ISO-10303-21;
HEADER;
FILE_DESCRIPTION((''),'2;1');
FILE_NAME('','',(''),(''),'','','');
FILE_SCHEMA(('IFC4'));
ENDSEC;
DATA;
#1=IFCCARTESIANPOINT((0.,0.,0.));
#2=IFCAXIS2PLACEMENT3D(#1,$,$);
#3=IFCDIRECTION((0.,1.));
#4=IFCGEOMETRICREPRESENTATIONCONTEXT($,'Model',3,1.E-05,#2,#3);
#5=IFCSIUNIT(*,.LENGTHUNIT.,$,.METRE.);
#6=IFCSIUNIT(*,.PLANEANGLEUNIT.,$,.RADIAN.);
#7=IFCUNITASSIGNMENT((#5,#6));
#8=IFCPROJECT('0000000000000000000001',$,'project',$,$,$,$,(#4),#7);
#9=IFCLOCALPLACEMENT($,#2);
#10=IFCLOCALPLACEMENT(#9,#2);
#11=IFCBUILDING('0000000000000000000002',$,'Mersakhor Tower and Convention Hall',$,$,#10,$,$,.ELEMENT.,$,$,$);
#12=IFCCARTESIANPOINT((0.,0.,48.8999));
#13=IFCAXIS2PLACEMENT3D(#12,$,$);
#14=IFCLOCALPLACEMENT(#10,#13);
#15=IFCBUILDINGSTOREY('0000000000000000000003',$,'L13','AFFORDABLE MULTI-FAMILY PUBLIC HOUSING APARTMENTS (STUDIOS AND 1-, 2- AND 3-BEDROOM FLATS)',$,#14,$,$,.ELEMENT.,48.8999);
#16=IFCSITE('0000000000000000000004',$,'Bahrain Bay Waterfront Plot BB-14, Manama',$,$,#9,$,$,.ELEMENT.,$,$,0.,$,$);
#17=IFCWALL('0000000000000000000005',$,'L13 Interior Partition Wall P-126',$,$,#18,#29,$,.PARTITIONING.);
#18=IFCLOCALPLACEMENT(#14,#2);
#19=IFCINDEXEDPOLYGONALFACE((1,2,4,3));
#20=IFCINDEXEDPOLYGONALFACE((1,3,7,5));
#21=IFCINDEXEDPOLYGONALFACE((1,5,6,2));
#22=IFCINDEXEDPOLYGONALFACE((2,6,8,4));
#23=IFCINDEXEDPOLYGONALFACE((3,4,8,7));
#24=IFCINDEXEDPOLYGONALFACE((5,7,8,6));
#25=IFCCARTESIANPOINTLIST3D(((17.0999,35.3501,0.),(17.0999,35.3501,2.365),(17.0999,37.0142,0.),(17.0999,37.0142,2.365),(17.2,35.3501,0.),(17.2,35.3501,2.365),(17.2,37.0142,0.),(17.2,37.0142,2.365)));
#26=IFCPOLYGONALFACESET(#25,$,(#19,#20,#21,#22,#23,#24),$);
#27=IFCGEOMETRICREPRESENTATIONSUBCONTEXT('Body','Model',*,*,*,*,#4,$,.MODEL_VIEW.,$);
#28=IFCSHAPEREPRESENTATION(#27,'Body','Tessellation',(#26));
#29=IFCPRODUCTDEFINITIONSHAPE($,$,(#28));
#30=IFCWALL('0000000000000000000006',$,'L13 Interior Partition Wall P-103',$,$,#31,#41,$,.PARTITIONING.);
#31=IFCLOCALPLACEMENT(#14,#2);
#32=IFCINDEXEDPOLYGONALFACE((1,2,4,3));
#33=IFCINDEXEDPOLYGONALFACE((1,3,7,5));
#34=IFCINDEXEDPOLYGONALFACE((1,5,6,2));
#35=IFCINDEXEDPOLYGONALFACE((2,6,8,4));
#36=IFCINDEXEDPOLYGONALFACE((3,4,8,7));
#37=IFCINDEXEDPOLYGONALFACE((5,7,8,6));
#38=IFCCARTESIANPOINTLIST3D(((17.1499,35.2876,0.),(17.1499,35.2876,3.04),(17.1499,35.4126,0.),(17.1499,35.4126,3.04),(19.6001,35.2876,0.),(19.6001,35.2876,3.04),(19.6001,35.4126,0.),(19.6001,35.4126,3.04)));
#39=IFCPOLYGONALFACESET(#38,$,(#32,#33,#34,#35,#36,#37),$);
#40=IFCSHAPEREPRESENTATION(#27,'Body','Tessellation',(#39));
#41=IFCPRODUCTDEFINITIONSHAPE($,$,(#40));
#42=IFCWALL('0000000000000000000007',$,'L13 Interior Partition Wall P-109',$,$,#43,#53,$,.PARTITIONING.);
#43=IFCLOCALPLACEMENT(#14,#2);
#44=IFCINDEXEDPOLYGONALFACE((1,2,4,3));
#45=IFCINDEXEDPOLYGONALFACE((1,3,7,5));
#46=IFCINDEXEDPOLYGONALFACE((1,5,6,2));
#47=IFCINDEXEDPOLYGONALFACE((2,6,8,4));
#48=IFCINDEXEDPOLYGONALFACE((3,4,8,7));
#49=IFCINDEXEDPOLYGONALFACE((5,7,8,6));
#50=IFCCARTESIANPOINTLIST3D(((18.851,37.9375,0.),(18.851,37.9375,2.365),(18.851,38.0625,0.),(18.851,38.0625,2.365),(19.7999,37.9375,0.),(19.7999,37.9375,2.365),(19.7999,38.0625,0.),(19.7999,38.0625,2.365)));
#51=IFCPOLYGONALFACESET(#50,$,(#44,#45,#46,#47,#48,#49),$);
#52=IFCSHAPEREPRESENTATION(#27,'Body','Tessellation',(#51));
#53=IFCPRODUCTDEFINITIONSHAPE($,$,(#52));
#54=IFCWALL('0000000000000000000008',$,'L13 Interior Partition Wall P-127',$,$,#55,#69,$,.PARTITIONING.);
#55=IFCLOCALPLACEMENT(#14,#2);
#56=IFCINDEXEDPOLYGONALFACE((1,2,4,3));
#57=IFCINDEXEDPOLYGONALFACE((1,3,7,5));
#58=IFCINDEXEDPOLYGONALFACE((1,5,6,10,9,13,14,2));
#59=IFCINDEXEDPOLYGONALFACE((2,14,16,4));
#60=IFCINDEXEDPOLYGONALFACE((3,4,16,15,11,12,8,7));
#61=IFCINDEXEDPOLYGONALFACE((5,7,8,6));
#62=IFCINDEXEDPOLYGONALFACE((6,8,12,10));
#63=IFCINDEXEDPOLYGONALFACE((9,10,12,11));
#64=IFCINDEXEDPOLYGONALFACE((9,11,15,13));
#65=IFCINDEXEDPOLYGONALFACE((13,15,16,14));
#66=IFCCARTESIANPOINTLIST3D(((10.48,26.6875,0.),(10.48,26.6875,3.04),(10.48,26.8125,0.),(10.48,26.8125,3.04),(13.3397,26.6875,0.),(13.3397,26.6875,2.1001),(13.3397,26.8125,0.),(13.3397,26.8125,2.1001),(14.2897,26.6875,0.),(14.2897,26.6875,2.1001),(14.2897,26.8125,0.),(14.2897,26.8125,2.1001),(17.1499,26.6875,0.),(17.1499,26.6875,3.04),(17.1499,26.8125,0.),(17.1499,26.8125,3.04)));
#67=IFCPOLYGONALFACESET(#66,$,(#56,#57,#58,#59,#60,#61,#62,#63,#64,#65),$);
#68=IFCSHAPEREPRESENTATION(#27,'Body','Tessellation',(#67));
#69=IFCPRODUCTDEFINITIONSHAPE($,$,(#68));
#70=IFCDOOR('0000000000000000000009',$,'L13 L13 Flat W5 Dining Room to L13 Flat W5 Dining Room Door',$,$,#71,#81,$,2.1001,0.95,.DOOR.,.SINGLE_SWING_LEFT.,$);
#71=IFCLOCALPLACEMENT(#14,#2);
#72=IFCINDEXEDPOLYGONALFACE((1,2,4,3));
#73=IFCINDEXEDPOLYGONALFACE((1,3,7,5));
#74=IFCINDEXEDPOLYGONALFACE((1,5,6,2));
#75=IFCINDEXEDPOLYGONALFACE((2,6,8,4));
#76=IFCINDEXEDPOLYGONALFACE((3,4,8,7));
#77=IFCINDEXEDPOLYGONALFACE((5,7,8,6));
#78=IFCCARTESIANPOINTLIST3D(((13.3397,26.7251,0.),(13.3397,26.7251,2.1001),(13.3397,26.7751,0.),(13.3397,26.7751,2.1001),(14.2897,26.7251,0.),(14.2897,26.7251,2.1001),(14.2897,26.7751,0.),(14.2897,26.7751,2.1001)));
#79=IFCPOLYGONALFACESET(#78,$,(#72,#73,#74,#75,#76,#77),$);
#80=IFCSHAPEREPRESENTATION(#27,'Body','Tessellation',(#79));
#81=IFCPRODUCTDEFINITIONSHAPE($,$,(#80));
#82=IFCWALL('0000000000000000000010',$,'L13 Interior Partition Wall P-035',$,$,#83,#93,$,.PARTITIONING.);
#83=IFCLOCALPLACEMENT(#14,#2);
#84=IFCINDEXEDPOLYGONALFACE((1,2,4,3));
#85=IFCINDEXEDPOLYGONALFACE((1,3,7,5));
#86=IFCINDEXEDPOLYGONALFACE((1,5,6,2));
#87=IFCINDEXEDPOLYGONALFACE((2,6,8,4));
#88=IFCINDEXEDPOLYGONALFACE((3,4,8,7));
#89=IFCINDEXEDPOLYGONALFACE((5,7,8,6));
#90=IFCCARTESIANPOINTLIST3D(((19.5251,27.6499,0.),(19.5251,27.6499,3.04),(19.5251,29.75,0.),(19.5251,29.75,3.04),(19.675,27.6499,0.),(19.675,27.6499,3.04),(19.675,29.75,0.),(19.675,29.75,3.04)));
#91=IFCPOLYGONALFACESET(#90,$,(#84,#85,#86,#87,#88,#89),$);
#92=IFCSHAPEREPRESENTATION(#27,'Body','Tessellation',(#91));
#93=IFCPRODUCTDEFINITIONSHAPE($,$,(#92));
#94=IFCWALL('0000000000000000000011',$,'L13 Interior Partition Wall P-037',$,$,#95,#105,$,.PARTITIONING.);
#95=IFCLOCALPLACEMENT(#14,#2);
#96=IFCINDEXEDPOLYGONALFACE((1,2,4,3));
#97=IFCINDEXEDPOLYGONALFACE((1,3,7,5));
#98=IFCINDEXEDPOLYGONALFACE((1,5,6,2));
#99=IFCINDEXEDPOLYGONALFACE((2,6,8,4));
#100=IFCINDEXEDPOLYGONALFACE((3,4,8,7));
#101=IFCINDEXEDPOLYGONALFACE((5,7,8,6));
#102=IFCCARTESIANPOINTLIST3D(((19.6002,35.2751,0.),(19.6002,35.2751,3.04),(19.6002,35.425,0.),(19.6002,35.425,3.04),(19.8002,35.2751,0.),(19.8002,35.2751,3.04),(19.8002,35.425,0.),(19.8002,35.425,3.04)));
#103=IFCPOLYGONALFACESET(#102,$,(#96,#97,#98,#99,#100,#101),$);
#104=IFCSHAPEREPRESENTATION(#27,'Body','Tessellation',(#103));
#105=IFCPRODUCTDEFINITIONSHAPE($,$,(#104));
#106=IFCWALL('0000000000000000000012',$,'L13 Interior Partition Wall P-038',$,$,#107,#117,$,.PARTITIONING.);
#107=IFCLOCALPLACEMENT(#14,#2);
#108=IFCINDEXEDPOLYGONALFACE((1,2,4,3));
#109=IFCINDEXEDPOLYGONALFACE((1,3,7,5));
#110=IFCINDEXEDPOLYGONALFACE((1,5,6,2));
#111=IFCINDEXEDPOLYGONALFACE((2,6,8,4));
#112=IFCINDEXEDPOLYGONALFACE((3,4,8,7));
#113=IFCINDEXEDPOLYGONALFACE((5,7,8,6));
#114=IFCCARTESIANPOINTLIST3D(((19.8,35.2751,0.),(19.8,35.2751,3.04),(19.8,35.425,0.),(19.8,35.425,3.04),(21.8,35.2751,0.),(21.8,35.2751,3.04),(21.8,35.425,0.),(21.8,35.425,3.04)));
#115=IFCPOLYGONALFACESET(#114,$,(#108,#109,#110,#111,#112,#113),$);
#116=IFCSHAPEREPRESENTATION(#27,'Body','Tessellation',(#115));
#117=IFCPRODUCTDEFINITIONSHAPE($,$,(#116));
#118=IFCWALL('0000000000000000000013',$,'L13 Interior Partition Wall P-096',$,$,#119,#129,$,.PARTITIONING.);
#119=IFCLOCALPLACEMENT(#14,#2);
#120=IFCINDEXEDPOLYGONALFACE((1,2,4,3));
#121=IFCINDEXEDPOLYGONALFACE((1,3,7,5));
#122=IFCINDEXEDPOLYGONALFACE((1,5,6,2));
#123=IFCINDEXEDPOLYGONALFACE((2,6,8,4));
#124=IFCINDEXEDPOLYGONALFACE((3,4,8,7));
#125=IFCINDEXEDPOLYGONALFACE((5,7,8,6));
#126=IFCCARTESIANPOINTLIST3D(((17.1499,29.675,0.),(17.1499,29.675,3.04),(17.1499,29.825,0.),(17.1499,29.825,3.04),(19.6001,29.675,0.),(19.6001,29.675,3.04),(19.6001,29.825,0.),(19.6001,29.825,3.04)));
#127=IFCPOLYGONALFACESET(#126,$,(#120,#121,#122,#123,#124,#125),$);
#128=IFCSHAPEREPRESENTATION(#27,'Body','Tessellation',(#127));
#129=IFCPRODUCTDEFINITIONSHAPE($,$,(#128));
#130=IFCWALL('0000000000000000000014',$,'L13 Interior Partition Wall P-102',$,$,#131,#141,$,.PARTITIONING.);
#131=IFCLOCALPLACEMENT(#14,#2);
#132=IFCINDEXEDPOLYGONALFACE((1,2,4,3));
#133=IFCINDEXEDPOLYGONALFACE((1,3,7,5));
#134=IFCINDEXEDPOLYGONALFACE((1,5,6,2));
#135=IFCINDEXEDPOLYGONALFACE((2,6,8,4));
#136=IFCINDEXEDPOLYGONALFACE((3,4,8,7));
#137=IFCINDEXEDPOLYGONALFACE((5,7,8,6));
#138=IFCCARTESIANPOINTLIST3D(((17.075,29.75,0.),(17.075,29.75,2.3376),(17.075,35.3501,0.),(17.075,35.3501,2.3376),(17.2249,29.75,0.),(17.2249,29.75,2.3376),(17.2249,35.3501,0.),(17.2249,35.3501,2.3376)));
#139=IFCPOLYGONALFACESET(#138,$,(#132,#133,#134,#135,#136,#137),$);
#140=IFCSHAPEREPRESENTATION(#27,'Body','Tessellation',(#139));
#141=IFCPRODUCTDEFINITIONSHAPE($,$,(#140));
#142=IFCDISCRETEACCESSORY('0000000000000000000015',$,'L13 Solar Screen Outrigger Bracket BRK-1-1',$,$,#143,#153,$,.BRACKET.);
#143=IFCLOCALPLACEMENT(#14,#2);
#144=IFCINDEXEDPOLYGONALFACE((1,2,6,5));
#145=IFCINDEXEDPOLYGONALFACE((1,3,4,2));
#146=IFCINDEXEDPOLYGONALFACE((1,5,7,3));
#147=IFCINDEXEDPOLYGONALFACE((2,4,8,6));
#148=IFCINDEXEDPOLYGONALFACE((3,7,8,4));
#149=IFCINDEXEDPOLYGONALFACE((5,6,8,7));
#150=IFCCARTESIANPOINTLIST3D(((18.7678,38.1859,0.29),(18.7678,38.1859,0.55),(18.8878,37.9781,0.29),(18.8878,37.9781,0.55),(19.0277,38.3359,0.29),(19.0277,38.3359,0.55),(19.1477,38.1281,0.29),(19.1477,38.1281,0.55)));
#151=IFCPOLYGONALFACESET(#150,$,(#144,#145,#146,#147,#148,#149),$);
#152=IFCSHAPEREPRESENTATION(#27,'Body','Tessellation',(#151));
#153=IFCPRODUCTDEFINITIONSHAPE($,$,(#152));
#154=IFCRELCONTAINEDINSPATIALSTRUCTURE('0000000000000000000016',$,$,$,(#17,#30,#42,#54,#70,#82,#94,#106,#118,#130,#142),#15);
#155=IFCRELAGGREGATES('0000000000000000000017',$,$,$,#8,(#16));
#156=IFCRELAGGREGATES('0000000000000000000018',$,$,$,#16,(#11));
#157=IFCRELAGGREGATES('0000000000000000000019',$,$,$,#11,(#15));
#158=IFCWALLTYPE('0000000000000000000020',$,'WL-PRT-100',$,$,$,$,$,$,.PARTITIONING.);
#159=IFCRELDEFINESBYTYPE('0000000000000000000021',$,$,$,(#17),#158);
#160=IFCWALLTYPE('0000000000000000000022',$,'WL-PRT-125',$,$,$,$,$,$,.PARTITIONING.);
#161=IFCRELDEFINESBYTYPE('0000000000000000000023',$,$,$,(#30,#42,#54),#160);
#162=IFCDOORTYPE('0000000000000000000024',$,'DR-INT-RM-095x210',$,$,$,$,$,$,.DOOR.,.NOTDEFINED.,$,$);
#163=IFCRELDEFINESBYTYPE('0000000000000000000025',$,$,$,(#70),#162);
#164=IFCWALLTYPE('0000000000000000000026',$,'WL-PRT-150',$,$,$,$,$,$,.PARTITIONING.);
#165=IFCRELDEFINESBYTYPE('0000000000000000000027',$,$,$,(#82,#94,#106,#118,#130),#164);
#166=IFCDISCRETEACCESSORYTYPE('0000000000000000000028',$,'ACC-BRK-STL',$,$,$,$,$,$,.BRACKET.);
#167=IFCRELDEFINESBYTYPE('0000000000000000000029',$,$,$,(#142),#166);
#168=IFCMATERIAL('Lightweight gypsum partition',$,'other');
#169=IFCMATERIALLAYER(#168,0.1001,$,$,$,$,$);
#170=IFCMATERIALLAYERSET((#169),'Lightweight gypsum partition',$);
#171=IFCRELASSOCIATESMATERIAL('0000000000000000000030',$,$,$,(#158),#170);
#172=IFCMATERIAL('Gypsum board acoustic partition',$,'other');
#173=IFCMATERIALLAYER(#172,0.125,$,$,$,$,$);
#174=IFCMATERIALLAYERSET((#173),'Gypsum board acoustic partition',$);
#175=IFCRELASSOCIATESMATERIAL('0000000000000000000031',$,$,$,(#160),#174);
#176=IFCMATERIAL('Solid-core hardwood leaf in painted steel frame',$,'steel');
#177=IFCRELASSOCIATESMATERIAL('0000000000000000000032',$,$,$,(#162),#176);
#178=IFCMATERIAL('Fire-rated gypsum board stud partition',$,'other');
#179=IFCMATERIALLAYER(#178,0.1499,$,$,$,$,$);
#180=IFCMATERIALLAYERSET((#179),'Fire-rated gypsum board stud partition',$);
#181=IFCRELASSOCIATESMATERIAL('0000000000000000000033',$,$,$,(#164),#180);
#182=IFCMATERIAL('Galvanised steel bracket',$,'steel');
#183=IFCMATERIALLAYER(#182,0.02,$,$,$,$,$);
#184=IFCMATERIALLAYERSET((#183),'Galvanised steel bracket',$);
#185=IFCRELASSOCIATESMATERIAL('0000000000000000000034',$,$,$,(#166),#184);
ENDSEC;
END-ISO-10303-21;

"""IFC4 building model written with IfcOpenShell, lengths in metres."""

from ifc_helpers import new_model, si_unit, direction, frame, frame_2d, origin, origin_2d, place, context, subcontext, project, spatial, rectangle, extrude, material, layer, layer_set, type_object, element, fill, save


model = new_model("IFC4")

# Units and contexts
model_context = context("Model", 3, precision=1e-05, world=origin(), true_north=direction((0.0, 1.0)))
body_context = subcontext(model_context, "Body", "Model", "MODEL_VIEW")
ifc_project = project(units=[si_unit("LENGTHUNIT", "METRE"), si_unit("PLANEANGLEUNIT", "RADIAN")], contexts=[model_context])

# Site, building, storey
site_placement = place(None, origin())
site = spatial("IfcSite", under=ifc_project, at=site_placement, Name="Bahrain Bay Waterfront Plot BB-14, Manama", CompositionType="ELEMENT", RefElevation=0.0)
building_placement = place(site_placement, origin())
building = spatial("IfcBuilding", under=site, at=building_placement, Name="Mersakhor Tower and Convention Hall", CompositionType="ELEMENT")
storey_placement = place(building_placement, frame((0.0, 0.0, 48.8999)))
storey = spatial("IfcBuildingStorey", under=building, at=storey_placement, Name="L13", Description="AFFORDABLE MULTI-FAMILY PUBLIC HOUSING APARTMENTS (STUDIOS AND 1-, 2- AND 3-BEDROOM FLATS)", CompositionType="ELEMENT", Elevation=48.8999)

# Walls
ifc_material_1 = material(Name="Lightweight gypsum partition", Category="other")
ifc_layer_1 = layer(ifc_material_1, 0.1001)
ifc_layer_set_1 = layer_set([ifc_layer_1], Name="Lightweight gypsum partition")
wall_type_1 = type_object("IfcWallType", Name="WL-PRT-100", PredefinedType="PARTITIONING", material=ifc_layer_set_1)
wall_1_placement = place(storey_placement, frame((17.1499, 37.0142, 0.0), z_axis=(0.0, 0.0, 1.0), x_axis=(0.0, -1.0, 0.0)))
element("IfcWall", 1, at=wall_1_placement, inside=storey, type_object=wall_type_1, Name="L13 Interior Partition Wall P-126", PredefinedType="PARTITIONING", context=body_context, shape_type="SweptSolid", body=[
    extrude(rectangle(XDim=1.6641, YDim=0.1001, at=frame_2d((0.832, 0.0))), origin(), (0.0, 0.0, 1.0), 2.365),
])
ifc_material_2 = material(Name="Gypsum board acoustic partition", Category="other")
ifc_layer_2 = layer(ifc_material_2, 0.125)
ifc_layer_set_2 = layer_set([ifc_layer_2], Name="Gypsum board acoustic partition")
wall_type_2 = type_object("IfcWallType", Name="WL-PRT-125", PredefinedType="PARTITIONING", material=ifc_layer_set_2)
wall_2_placement = place(storey_placement, frame((17.1499, 35.3501, 0.0), z_axis=(0.0, 0.0, 1.0), x_axis=(1.0, 0.0, 0.0)))
element("IfcWall", 2, at=wall_2_placement, inside=storey, type_object=wall_type_2, Name="L13 Interior Partition Wall P-103", PredefinedType="PARTITIONING", context=body_context, shape_type="SweptSolid", body=[
    extrude(rectangle(XDim=2.4502, YDim=0.125, at=frame_2d((1.2251, 0.0))), origin(), (0.0, 0.0, 1.0), 3.04),
])
wall_3_placement = place(storey_placement, frame((19.8, 38.0, 0.0), z_axis=(0.0, 0.0, 1.0), x_axis=(-1.0, 0.0, 0.0)))
element("IfcWall", 3, at=wall_3_placement, inside=storey, type_object=wall_type_2, Name="L13 Interior Partition Wall P-109", PredefinedType="PARTITIONING", context=body_context, shape_type="SweptSolid", body=[
    extrude(rectangle(XDim=0.949, YDim=0.125, at=frame_2d((0.4746, 0.0))), origin(), (0.0, 0.0, 1.0), 2.365),
])

# Wall, opening, door
wall_4_placement = place(storey_placement, frame((17.1499, 26.75, 0.0), z_axis=(0.0, 0.0, 1.0), x_axis=(-1.0, 0.0, 0.0)))
wall_4 = element("IfcWall", 4, at=wall_4_placement, inside=storey, type_object=wall_type_2, Name="L13 Interior Partition Wall P-127", PredefinedType="PARTITIONING", context=body_context, shape_type="SweptSolid", body=[
    extrude(rectangle(XDim=6.6699, YDim=0.125, at=frame_2d((3.335, 0.0))), origin(), (0.0, 0.0, 1.0), 3.04),
])
opening_1_placement = place(wall_4_placement, frame((2.8601, 0.0, 0.0)))
opening_1 = element("IfcOpeningElement", 5, at=opening_1_placement, cuts=wall_4, PredefinedType="OPENING", context=body_context, shape_type="SweptSolid", body=[
    extrude(rectangle(XDim=0.95, YDim=2.1001, at=frame_2d((0.4751, 1.05))), frame((0.0, 0.0725, 0.0), z_axis=(0.0, -1.0, 0.0), x_axis=(1.0, 0.0, 0.0)), (0.0, 0.0, 1.0), 0.145),
])
ifc_material_3 = material(Name="Solid-core hardwood leaf in painted steel frame", Category="steel")
door_type_1 = type_object("IfcDoorType", Name="DR-INT-RM-095x210", OperationType="NOTDEFINED", PredefinedType="DOOR", material=ifc_material_3)
door_1_placement = place(opening_1_placement, origin())
door_1 = element("IfcDoor", 6, at=door_1_placement, inside=storey, type_object=door_type_1, Name="L13 L13 Flat W5 Dining Room to L13 Flat W5 Dining Room Door", OperationType="SINGLE_SWING_LEFT", OverallHeight=2.1001, OverallWidth=0.95, PredefinedType="DOOR", context=body_context, shape_type="SweptSolid", body=[
    extrude(rectangle(XDim=0.95, YDim=2.1001, at=frame_2d((0.4751, 1.05))), frame((0.0, 0.0249, 0.0), z_axis=(0.0, -1.0, 0.0), x_axis=(1.0, 0.0, 0.0)), (0.0, 0.0, 1.0), 0.05),
])
fill(opening_1, door_1)

# Wall
ifc_material_4 = material(Name="Fire-rated gypsum board stud partition", Category="other")
ifc_layer_3 = layer(ifc_material_4, 0.1499)
ifc_layer_set_3 = layer_set([ifc_layer_3], Name="Fire-rated gypsum board stud partition")
wall_type_3 = type_object("IfcWallType", Name="WL-PRT-150", PredefinedType="PARTITIONING", material=ifc_layer_set_3)
wall_5_placement = place(storey_placement, frame((19.6001, 27.6499, 0.0), z_axis=(0.0, 0.0, 1.0), x_axis=(0.0, 1.0, 0.0)))
element("IfcWall", 7, at=wall_5_placement, inside=storey, type_object=wall_type_3, Name="L13 Interior Partition Wall P-035", PredefinedType="PARTITIONING", context=body_context, shape_type="SweptSolid", body=[
    extrude(rectangle(XDim=2.1001, YDim=0.1499, at=frame_2d((1.05, 0.0))), origin(), (0.0, 0.0, 1.0), 3.04),
])

# Walls
wall_6_placement = place(storey_placement, frame((19.6001, 35.3501, 0.0), z_axis=(0.0, 0.0, 1.0), x_axis=(1.0, 0.0, 0.0)))
element("IfcWall", 8, at=wall_6_placement, inside=storey, type_object=wall_type_3, Name="L13 Interior Partition Wall P-037", PredefinedType="PARTITIONING", context=body_context, shape_type="SweptSolid", body=[
    extrude(rectangle(XDim=0.2, YDim=0.1499, at=frame_2d((0.1001, 0.0))), origin(), (0.0, 0.0, 1.0), 3.04),
])
wall_7_placement = place(storey_placement, frame((19.8, 35.3501, 0.0), z_axis=(0.0, 0.0, 1.0), x_axis=(1.0, 0.0, 0.0)))
element("IfcWall", 9, at=wall_7_placement, inside=storey, type_object=wall_type_3, Name="L13 Interior Partition Wall P-038", PredefinedType="PARTITIONING", context=body_context, shape_type="SweptSolid", body=[
    extrude(rectangle(XDim=2.0, YDim=0.1499, at=frame_2d((1.0, 0.0))), origin(), (0.0, 0.0, 1.0), 3.04),
])
wall_8_placement = place(storey_placement, frame((17.1499, 29.75, 0.0), z_axis=(0.0, 0.0, 1.0), x_axis=(1.0, 0.0, 0.0)))
element("IfcWall", 10, at=wall_8_placement, inside=storey, type_object=wall_type_3, Name="L13 Interior Partition Wall P-096", PredefinedType="PARTITIONING", context=body_context, shape_type="SweptSolid", body=[
    extrude(rectangle(XDim=2.4502, YDim=0.1499, at=frame_2d((1.2251, 0.0))), origin(), (0.0, 0.0, 1.0), 3.04),
])
wall_9_placement = place(storey_placement, frame((17.1499, 29.75, 0.0), z_axis=(0.0, 0.0, 1.0), x_axis=(0.0, 1.0, 0.0)))
element("IfcWall", 11, at=wall_9_placement, inside=storey, type_object=wall_type_3, Name="L13 Interior Partition Wall P-102", PredefinedType="PARTITIONING", context=body_context, shape_type="SweptSolid", body=[
    extrude(rectangle(XDim=5.6001, YDim=0.1499, at=frame_2d((2.8, 0.0))), origin(), (0.0, 0.0, 1.0), 2.3376),
])

# Discrete accessory
ifc_material_5 = material(Name="Galvanised steel bracket", Category="steel")
ifc_layer_4 = layer(ifc_material_5, 0.02)
ifc_layer_set_4 = layer_set([ifc_layer_4], Name="Galvanised steel bracket")
discrete_accessory_type = type_object("IfcDiscreteAccessoryType", Name="ACC-BRK-STL", PredefinedType="BRACKET", material=ifc_layer_set_4)
discrete_accessory_placement = place(storey_placement, frame((18.9578, 38.157, 0.29), z_axis=(0.0, 0.0, 1.0), x_axis=(0.866025, 0.5, 0.0)))
element("IfcDiscreteAccessory", 12, at=discrete_accessory_placement, inside=storey, type_object=discrete_accessory_type, Name="L13 Solar Screen Outrigger Bracket BRK-1-1", PredefinedType="BRACKET", context=body_context, shape_type="SweptSolid", body=[
    extrude(rectangle(XDim=0.3, YDim=0.24, at=origin_2d()), origin(), (0.0, 0.0, 1.0), 0.26),
])

save(model, "model.ifc")
